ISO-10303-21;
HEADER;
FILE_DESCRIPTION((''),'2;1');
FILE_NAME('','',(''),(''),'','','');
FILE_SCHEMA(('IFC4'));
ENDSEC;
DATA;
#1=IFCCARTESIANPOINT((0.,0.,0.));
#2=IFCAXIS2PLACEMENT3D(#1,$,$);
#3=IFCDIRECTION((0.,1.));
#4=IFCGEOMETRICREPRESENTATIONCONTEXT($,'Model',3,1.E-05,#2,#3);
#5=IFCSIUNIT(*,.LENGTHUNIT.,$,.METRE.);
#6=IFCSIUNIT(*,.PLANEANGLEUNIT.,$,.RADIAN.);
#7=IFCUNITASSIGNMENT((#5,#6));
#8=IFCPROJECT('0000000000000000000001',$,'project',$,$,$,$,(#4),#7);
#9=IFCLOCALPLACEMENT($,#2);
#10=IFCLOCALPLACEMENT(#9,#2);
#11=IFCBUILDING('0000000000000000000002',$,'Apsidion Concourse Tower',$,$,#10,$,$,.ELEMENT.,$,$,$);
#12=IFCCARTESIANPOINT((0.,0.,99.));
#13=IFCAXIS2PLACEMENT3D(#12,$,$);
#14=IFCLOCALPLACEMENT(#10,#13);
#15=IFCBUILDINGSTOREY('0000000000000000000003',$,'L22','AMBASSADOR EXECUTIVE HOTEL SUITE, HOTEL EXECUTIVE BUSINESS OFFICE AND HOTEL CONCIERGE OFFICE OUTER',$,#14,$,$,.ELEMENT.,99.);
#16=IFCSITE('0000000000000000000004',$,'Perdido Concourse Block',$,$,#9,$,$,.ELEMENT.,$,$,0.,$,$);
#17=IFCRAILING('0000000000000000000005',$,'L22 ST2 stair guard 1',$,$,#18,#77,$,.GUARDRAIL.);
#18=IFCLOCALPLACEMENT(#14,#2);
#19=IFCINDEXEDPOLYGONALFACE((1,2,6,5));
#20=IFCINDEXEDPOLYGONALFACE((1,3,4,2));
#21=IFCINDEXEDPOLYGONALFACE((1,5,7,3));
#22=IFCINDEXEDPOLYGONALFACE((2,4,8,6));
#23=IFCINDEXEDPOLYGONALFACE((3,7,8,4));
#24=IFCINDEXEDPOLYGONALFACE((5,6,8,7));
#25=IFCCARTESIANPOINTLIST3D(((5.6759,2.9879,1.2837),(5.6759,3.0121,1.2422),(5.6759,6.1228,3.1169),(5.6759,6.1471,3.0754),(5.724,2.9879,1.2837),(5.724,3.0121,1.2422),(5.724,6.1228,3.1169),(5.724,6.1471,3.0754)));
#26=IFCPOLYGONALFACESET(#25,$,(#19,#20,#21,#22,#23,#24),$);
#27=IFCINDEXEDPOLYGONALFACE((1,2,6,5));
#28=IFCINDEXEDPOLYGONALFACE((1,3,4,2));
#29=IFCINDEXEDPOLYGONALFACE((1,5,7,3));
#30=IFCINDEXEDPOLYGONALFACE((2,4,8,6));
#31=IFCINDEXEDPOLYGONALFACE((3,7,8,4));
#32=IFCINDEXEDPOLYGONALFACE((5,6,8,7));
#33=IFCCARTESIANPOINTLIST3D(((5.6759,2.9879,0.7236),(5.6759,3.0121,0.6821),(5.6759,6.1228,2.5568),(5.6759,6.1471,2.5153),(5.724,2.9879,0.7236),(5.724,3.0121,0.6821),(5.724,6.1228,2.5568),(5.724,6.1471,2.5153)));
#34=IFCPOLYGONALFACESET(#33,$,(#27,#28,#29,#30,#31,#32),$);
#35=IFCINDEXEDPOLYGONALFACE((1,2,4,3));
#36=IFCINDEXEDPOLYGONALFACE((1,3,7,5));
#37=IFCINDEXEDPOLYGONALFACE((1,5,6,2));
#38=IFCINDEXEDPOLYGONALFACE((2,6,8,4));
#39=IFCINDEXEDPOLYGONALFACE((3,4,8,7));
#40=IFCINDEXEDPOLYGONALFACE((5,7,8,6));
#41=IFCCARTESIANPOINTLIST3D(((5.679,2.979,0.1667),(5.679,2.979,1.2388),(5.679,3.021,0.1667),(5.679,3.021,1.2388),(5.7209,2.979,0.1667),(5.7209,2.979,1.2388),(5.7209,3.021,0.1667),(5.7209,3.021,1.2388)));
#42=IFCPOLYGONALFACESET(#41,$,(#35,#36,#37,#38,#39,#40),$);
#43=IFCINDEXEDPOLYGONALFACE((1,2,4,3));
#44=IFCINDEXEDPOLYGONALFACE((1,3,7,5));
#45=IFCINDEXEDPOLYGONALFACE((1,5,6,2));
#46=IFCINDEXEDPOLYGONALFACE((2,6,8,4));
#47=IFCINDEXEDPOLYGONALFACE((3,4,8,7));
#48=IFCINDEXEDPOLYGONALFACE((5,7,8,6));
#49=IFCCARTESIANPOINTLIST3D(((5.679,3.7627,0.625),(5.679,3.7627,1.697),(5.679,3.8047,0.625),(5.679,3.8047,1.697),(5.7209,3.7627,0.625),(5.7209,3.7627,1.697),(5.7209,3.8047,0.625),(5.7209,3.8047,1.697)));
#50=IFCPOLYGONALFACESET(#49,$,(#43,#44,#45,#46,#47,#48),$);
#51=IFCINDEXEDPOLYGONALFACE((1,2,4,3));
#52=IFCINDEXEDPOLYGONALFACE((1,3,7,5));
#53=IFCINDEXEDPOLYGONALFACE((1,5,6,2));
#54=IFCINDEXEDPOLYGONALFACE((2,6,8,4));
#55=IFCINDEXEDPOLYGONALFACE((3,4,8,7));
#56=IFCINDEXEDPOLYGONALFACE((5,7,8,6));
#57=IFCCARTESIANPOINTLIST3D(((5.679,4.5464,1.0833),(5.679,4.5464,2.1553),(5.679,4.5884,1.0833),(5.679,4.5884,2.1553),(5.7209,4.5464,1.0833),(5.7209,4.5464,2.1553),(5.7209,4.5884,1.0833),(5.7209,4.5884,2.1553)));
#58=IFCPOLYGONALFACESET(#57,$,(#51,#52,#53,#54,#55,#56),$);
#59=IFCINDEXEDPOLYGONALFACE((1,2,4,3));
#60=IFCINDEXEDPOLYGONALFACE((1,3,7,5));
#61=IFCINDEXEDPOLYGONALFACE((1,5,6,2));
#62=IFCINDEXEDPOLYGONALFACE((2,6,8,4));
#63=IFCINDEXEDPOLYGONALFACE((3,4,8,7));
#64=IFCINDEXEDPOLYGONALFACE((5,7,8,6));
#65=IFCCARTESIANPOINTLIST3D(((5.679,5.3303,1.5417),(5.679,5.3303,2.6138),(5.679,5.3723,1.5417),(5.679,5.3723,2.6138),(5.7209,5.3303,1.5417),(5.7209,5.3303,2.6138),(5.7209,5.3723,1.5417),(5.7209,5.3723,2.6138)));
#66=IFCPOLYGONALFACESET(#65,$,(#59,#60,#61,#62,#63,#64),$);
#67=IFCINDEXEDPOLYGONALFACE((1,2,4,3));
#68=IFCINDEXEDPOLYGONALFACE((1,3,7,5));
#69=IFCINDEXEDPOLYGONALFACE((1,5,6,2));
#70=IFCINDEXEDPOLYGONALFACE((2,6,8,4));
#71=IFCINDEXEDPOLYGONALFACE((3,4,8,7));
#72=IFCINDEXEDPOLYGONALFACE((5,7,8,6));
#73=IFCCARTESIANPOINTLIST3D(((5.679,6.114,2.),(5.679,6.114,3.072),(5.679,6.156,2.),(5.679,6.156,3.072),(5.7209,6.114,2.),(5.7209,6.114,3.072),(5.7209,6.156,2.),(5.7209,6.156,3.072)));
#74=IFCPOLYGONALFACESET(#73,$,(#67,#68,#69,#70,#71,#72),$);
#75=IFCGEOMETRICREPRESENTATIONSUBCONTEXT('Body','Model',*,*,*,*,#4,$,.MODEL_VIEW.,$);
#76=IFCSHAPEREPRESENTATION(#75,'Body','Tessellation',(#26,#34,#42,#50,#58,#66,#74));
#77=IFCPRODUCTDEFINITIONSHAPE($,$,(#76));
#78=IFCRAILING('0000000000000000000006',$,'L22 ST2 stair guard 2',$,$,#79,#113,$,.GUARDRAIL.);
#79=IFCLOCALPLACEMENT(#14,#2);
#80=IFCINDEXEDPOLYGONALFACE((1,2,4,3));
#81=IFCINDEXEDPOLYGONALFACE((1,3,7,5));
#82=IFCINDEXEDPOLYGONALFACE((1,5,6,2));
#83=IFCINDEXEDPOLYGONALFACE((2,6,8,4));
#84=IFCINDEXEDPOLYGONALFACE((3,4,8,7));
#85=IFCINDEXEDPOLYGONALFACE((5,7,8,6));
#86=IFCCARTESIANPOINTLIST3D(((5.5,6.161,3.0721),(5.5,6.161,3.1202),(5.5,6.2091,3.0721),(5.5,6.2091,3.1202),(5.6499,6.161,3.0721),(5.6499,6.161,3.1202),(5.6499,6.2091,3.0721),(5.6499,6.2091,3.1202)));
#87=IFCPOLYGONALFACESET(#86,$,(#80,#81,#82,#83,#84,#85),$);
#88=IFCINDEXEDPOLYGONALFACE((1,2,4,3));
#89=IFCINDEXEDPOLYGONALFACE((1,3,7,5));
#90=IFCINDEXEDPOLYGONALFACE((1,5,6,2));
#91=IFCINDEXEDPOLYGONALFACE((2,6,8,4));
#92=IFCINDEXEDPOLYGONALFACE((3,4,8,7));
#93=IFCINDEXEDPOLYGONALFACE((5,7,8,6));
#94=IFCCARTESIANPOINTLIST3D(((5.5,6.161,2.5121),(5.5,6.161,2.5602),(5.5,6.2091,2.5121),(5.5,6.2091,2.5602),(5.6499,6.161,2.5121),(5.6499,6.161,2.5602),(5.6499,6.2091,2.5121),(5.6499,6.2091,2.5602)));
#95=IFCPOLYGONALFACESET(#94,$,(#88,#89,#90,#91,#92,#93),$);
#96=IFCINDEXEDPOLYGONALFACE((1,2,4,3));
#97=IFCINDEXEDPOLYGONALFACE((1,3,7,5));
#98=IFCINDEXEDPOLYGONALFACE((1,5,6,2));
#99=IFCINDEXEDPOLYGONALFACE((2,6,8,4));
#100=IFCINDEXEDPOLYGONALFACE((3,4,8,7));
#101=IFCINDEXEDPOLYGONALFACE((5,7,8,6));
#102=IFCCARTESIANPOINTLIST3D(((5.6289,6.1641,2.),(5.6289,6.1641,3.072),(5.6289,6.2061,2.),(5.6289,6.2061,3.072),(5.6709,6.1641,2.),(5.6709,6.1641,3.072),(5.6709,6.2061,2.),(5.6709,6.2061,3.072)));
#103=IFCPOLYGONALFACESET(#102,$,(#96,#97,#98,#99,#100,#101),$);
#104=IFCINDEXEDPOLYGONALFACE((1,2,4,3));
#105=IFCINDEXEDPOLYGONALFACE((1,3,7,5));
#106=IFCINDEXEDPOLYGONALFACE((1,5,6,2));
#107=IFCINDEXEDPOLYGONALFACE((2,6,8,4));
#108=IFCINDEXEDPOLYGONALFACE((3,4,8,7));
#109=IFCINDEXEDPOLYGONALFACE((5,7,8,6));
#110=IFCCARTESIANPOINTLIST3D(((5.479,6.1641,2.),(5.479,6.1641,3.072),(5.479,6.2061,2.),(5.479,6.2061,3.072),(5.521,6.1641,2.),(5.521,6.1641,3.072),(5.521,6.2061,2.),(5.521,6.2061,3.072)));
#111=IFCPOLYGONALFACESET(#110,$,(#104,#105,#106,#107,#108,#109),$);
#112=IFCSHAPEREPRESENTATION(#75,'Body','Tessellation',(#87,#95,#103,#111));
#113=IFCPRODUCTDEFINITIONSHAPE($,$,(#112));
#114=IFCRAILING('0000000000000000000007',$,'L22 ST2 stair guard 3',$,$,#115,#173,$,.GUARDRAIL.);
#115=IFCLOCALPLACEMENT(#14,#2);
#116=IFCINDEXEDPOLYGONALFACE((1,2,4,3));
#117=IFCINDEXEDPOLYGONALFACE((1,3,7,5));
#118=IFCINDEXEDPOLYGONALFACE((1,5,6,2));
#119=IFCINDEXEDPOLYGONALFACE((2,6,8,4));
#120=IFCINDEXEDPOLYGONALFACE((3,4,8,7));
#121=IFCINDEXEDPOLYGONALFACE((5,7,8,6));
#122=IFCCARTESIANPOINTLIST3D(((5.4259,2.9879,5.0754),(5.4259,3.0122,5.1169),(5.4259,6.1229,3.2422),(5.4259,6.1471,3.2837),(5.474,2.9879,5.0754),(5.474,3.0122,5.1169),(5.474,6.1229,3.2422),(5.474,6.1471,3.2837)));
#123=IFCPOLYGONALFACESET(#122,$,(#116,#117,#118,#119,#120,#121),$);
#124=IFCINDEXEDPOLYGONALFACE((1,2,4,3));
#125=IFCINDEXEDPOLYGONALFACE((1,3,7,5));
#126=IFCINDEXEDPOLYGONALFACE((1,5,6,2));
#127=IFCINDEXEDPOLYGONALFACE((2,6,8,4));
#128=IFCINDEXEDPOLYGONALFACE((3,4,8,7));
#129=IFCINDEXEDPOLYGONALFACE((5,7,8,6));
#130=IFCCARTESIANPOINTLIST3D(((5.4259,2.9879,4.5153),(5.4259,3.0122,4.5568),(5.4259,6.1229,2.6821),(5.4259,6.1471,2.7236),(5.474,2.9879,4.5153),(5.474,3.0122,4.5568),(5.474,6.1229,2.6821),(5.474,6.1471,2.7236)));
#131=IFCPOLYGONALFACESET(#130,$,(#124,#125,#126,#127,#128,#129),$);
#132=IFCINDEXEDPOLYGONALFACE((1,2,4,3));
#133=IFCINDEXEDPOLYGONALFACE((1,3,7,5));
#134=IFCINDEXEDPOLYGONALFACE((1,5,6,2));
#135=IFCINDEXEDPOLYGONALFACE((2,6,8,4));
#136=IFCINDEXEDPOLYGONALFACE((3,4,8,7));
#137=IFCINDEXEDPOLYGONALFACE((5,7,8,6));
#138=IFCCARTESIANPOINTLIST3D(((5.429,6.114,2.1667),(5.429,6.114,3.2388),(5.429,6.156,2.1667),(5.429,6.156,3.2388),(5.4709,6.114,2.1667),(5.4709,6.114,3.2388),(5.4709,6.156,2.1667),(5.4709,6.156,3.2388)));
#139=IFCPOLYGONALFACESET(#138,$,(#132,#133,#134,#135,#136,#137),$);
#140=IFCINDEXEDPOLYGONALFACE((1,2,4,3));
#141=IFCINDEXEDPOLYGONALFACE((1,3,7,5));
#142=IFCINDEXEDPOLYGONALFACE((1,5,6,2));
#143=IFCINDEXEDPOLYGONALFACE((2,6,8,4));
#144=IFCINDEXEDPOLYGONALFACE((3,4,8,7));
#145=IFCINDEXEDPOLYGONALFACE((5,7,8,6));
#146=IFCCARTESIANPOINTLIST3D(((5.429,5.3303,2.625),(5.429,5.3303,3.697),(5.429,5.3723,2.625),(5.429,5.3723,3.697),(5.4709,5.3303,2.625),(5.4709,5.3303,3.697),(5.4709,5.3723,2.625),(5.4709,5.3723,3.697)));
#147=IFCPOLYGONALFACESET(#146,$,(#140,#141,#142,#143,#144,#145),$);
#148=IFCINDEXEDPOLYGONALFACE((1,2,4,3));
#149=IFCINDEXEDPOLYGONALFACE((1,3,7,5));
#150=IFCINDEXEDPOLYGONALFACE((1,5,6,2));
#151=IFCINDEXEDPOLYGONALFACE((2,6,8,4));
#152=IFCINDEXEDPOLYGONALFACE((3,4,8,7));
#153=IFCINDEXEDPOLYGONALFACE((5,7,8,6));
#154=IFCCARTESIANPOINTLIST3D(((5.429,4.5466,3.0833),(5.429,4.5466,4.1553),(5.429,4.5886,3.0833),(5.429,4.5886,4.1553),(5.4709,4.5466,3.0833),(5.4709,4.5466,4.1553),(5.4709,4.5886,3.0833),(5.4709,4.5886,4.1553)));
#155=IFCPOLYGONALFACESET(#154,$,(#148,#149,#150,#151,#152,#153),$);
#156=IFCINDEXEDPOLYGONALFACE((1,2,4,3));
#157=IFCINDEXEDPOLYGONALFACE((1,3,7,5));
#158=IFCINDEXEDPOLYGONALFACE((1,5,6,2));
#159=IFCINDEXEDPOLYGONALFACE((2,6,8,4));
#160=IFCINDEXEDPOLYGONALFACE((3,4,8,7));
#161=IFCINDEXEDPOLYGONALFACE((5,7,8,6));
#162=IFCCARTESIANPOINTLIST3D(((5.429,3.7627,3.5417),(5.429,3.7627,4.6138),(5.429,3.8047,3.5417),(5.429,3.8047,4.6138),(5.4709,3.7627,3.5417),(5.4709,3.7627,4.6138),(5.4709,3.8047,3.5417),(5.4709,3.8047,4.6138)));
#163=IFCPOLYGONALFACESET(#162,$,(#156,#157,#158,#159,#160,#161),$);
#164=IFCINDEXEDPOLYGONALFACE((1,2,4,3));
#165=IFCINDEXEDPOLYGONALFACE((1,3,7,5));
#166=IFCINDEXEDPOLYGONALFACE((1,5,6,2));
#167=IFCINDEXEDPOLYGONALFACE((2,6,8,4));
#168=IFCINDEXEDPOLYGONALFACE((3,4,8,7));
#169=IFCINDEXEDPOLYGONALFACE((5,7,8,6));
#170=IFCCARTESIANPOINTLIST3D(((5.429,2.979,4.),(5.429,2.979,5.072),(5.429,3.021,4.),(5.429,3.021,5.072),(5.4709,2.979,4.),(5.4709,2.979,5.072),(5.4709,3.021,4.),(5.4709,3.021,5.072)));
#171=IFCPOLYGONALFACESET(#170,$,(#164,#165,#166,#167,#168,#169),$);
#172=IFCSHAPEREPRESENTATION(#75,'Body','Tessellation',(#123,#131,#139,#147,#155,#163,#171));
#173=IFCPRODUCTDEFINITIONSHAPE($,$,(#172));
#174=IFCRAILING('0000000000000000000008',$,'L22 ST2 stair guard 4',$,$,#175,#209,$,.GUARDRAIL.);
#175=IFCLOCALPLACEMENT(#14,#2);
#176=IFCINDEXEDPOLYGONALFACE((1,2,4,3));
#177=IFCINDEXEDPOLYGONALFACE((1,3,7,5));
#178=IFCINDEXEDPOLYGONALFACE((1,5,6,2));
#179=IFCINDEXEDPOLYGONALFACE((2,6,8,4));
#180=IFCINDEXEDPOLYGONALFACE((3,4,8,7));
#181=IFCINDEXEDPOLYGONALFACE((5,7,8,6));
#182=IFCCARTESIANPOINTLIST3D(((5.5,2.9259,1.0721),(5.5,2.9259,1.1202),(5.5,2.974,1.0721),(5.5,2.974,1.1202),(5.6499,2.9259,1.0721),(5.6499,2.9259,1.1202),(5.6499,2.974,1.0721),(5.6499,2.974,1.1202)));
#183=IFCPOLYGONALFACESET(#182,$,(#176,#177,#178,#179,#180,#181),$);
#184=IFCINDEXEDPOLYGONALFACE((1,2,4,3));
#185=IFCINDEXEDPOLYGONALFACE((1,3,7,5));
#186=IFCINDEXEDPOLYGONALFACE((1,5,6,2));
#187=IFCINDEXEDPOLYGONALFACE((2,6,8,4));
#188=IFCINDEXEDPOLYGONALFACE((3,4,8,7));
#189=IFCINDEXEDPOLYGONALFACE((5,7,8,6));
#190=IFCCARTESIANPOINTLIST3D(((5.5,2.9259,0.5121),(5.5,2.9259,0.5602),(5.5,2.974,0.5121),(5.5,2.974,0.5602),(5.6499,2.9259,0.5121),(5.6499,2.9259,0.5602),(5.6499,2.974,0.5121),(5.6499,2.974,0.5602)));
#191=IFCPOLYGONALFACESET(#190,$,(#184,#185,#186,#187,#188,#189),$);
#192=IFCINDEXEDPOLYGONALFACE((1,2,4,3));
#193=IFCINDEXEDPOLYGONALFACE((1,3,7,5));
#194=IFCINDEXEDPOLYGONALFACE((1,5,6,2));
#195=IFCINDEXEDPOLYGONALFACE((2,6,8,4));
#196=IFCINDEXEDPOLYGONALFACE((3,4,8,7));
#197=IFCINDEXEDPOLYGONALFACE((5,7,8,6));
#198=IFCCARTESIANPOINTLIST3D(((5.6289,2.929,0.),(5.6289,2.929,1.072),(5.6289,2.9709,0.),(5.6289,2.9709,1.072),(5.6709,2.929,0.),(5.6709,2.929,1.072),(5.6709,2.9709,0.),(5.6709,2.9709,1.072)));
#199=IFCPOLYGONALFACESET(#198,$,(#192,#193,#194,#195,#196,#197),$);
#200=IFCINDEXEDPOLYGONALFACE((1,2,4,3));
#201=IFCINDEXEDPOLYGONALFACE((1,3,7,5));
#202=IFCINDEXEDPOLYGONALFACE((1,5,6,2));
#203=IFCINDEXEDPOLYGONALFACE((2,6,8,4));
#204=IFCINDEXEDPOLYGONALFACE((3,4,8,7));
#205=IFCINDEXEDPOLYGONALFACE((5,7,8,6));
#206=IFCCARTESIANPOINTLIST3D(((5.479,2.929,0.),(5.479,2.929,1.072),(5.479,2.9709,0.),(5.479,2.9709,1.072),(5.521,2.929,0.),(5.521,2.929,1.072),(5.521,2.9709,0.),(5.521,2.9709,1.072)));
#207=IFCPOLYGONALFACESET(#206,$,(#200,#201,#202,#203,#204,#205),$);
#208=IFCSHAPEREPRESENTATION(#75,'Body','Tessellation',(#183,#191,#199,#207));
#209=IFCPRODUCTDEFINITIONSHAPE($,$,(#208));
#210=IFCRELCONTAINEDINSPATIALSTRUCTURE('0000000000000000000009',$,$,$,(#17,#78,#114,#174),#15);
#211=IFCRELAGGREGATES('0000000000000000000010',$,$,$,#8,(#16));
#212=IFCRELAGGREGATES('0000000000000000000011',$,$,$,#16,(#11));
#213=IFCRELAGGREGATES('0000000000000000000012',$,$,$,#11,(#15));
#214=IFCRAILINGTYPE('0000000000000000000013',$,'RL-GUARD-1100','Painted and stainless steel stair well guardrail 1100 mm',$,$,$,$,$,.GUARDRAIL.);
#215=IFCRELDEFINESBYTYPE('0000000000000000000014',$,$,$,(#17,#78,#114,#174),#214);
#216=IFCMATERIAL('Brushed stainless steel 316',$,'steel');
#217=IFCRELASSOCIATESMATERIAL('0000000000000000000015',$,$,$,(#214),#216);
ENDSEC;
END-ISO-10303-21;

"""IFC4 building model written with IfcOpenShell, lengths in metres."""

from ifc_helpers import new_model, si_unit, direction, frame, origin, origin_2d, place, context, subcontext, project, spatial, rectangle, extrude, material, type_object, element, save


model = new_model("IFC4")

# Units and contexts
model_context = context("Model", 3, precision=1e-05, world=origin(), true_north=direction((0.0, 1.0)))
body_context = subcontext(model_context, "Body", "Model", "MODEL_VIEW")
ifc_project = project(units=[si_unit("LENGTHUNIT", "METRE"), si_unit("PLANEANGLEUNIT", "RADIAN")], contexts=[model_context])

# Site, building, storey
site_placement = place(None, origin())
site = spatial("IfcSite", under=ifc_project, at=site_placement, Name="Perdido Concourse Block", CompositionType="ELEMENT", RefElevation=0.0)
building_placement = place(site_placement, origin())
building = spatial("IfcBuilding", under=site, at=building_placement, Name="Apsidion Concourse Tower", CompositionType="ELEMENT")
storey_placement = place(building_placement, frame((0.0, 0.0, 99.0)))
storey = spatial("IfcBuildingStorey", under=building, at=storey_placement, Name="L22", Description="AMBASSADOR EXECUTIVE HOTEL SUITE, HOTEL EXECUTIVE BUSINESS OFFICE AND HOTEL CONCIERGE OFFICE OUTER", CompositionType="ELEMENT", Elevation=99.0)

# Railings
ifc_material_1 = material(Name="Brushed stainless steel 316", Category="steel")
railing_type_1 = type_object("IfcRailingType", Name="RL-GUARD-1100", Description="Painted and stainless steel stair well guardrail 1100 mm", PredefinedType="GUARDRAIL", material=ifc_material_1)
railing_1_placement = place(storey_placement, frame((5.7, 3.0, 0.1667)))
element("IfcRailing", 1, at=railing_1_placement, inside=storey, type_object=railing_type_1, Name="L22 ST2 stair guard 1", PredefinedType="GUARDRAIL", context=body_context, shape_type="SweptSolid", body=[
    extrude(rectangle(XDim=0.0481, YDim=0.0481, at=origin_2d()), frame((0.0, 0.0, 1.0962), z_axis=(0.0, 0.86324, 0.504794), x_axis=(-1.0, 0.0, 0.0)), (0.0, 0.0, 1.0), 3.6316),
    extrude(rectangle(XDim=0.0481, YDim=0.0481, at=origin_2d()), frame((0.0, 0.0, 0.5361), z_axis=(0.0, 0.86324, 0.504794), x_axis=(-1.0, 0.0, 0.0)), (0.0, 0.0, 1.0), 3.6316),
    extrude(rectangle(XDim=0.042, YDim=0.042, at=origin_2d()), origin(), (0.0, 0.0, 1.0), 1.072),
    extrude(rectangle(XDim=0.042, YDim=0.042, at=origin_2d()), frame((0.0, 0.7837, 0.4583)), (0.0, 0.0, 1.0), 1.072),
    extrude(rectangle(XDim=0.042, YDim=0.042, at=origin_2d()), frame((0.0, 1.5674, 0.9165)), (0.0, 0.0, 1.0), 1.072),
    extrude(rectangle(XDim=0.042, YDim=0.042, at=origin_2d()), frame((0.0, 2.3513, 1.375)), (0.0, 0.0, 1.0), 1.072),
    extrude(rectangle(XDim=0.042, YDim=0.042, at=origin_2d()), frame((0.0, 3.135, 1.8333)), (0.0, 0.0, 1.0), 1.072),
])
railing_2_placement = place(storey_placement, frame((5.6499, 6.1851, 2.0)))
element("IfcRailing", 2, at=railing_2_placement, inside=storey, type_object=railing_type_1, Name="L22 ST2 stair guard 2", PredefinedType="GUARDRAIL", context=body_context, shape_type="SweptSolid", body=[
    extrude(rectangle(XDim=0.0481, YDim=0.0481, at=origin_2d()), frame((0.0, 0.0, 1.0962), z_axis=(-1.0, 0.0, 0.0), x_axis=(0.0, -1.0, 0.0)), (0.0, 0.0, 1.0), 0.1499),
    extrude(rectangle(XDim=0.0481, YDim=0.0481, at=origin_2d()), frame((0.0, 0.0, 0.5361), z_axis=(-1.0, 0.0, 0.0), x_axis=(0.0, -1.0, 0.0)), (0.0, 0.0, 1.0), 0.1499),
    extrude(rectangle(XDim=0.042, YDim=0.042, at=origin_2d()), origin(), (0.0, 0.0, 1.0), 1.072),
    extrude(rectangle(XDim=0.042, YDim=0.042, at=origin_2d()), frame((-0.1499, 0.0, 0.0)), (0.0, 0.0, 1.0), 1.072),
])
railing_3_placement = place(storey_placement, frame((5.45, 6.135, 2.1667)))
element("IfcRailing", 3, at=railing_3_placement, inside=storey, type_object=railing_type_1, Name="L22 ST2 stair guard 3", PredefinedType="GUARDRAIL", context=body_context, shape_type="SweptSolid", body=[
    extrude(rectangle(XDim=0.0481, YDim=0.0481, at=origin_2d()), frame((0.0, 0.0, 1.0962), z_axis=(0.0, -0.86324, 0.504794), x_axis=(1.0, 0.0, 0.0)), (0.0, 0.0, 1.0), 3.6316),
    extrude(rectangle(XDim=0.0481, YDim=0.0481, at=origin_2d()), frame((0.0, 0.0, 0.5361), z_axis=(0.0, -0.86324, 0.504794), x_axis=(1.0, 0.0, 0.0)), (0.0, 0.0, 1.0), 3.6316),
    extrude(rectangle(XDim=0.042, YDim=0.042, at=origin_2d()), origin(), (0.0, 0.0, 1.0), 1.072),
    extrude(rectangle(XDim=0.042, YDim=0.042, at=origin_2d()), frame((0.0, -0.7837, 0.4583)), (0.0, 0.0, 1.0), 1.072),
    extrude(rectangle(XDim=0.042, YDim=0.042, at=origin_2d()), frame((0.0, -1.5674, 0.9165)), (0.0, 0.0, 1.0), 1.072),
    extrude(rectangle(XDim=0.042, YDim=0.042, at=origin_2d()), frame((0.0, -2.3513, 1.375)), (0.0, 0.0, 1.0), 1.072),
    extrude(rectangle(XDim=0.042, YDim=0.042, at=origin_2d()), frame((0.0, -3.135, 1.8333)), (0.0, 0.0, 1.0), 1.072),
])
railing_4_placement = place(storey_placement, frame((5.6499, 2.95, 0.0)))
element("IfcRailing", 4, at=railing_4_placement, inside=storey, type_object=railing_type_1, Name="L22 ST2 stair guard 4", PredefinedType="GUARDRAIL", context=body_context, shape_type="SweptSolid", body=[
    extrude(rectangle(XDim=0.0481, YDim=0.0481, at=origin_2d()), frame((0.0, 0.0, 1.0962), z_axis=(-1.0, 0.0, 0.0), x_axis=(0.0, -1.0, 0.0)), (0.0, 0.0, 1.0), 0.1499),
    extrude(rectangle(XDim=0.0481, YDim=0.0481, at=origin_2d()), frame((0.0, 0.0, 0.5361), z_axis=(-1.0, 0.0, 0.0), x_axis=(0.0, -1.0, 0.0)), (0.0, 0.0, 1.0), 0.1499),
    extrude(rectangle(XDim=0.042, YDim=0.042, at=origin_2d()), origin(), (0.0, 0.0, 1.0), 1.072),
    extrude(rectangle(XDim=0.042, YDim=0.042, at=origin_2d()), frame((-0.1499, 0.0, 0.0)), (0.0, 0.0, 1.0), 1.072),
])

save(model, "model.ifc")
